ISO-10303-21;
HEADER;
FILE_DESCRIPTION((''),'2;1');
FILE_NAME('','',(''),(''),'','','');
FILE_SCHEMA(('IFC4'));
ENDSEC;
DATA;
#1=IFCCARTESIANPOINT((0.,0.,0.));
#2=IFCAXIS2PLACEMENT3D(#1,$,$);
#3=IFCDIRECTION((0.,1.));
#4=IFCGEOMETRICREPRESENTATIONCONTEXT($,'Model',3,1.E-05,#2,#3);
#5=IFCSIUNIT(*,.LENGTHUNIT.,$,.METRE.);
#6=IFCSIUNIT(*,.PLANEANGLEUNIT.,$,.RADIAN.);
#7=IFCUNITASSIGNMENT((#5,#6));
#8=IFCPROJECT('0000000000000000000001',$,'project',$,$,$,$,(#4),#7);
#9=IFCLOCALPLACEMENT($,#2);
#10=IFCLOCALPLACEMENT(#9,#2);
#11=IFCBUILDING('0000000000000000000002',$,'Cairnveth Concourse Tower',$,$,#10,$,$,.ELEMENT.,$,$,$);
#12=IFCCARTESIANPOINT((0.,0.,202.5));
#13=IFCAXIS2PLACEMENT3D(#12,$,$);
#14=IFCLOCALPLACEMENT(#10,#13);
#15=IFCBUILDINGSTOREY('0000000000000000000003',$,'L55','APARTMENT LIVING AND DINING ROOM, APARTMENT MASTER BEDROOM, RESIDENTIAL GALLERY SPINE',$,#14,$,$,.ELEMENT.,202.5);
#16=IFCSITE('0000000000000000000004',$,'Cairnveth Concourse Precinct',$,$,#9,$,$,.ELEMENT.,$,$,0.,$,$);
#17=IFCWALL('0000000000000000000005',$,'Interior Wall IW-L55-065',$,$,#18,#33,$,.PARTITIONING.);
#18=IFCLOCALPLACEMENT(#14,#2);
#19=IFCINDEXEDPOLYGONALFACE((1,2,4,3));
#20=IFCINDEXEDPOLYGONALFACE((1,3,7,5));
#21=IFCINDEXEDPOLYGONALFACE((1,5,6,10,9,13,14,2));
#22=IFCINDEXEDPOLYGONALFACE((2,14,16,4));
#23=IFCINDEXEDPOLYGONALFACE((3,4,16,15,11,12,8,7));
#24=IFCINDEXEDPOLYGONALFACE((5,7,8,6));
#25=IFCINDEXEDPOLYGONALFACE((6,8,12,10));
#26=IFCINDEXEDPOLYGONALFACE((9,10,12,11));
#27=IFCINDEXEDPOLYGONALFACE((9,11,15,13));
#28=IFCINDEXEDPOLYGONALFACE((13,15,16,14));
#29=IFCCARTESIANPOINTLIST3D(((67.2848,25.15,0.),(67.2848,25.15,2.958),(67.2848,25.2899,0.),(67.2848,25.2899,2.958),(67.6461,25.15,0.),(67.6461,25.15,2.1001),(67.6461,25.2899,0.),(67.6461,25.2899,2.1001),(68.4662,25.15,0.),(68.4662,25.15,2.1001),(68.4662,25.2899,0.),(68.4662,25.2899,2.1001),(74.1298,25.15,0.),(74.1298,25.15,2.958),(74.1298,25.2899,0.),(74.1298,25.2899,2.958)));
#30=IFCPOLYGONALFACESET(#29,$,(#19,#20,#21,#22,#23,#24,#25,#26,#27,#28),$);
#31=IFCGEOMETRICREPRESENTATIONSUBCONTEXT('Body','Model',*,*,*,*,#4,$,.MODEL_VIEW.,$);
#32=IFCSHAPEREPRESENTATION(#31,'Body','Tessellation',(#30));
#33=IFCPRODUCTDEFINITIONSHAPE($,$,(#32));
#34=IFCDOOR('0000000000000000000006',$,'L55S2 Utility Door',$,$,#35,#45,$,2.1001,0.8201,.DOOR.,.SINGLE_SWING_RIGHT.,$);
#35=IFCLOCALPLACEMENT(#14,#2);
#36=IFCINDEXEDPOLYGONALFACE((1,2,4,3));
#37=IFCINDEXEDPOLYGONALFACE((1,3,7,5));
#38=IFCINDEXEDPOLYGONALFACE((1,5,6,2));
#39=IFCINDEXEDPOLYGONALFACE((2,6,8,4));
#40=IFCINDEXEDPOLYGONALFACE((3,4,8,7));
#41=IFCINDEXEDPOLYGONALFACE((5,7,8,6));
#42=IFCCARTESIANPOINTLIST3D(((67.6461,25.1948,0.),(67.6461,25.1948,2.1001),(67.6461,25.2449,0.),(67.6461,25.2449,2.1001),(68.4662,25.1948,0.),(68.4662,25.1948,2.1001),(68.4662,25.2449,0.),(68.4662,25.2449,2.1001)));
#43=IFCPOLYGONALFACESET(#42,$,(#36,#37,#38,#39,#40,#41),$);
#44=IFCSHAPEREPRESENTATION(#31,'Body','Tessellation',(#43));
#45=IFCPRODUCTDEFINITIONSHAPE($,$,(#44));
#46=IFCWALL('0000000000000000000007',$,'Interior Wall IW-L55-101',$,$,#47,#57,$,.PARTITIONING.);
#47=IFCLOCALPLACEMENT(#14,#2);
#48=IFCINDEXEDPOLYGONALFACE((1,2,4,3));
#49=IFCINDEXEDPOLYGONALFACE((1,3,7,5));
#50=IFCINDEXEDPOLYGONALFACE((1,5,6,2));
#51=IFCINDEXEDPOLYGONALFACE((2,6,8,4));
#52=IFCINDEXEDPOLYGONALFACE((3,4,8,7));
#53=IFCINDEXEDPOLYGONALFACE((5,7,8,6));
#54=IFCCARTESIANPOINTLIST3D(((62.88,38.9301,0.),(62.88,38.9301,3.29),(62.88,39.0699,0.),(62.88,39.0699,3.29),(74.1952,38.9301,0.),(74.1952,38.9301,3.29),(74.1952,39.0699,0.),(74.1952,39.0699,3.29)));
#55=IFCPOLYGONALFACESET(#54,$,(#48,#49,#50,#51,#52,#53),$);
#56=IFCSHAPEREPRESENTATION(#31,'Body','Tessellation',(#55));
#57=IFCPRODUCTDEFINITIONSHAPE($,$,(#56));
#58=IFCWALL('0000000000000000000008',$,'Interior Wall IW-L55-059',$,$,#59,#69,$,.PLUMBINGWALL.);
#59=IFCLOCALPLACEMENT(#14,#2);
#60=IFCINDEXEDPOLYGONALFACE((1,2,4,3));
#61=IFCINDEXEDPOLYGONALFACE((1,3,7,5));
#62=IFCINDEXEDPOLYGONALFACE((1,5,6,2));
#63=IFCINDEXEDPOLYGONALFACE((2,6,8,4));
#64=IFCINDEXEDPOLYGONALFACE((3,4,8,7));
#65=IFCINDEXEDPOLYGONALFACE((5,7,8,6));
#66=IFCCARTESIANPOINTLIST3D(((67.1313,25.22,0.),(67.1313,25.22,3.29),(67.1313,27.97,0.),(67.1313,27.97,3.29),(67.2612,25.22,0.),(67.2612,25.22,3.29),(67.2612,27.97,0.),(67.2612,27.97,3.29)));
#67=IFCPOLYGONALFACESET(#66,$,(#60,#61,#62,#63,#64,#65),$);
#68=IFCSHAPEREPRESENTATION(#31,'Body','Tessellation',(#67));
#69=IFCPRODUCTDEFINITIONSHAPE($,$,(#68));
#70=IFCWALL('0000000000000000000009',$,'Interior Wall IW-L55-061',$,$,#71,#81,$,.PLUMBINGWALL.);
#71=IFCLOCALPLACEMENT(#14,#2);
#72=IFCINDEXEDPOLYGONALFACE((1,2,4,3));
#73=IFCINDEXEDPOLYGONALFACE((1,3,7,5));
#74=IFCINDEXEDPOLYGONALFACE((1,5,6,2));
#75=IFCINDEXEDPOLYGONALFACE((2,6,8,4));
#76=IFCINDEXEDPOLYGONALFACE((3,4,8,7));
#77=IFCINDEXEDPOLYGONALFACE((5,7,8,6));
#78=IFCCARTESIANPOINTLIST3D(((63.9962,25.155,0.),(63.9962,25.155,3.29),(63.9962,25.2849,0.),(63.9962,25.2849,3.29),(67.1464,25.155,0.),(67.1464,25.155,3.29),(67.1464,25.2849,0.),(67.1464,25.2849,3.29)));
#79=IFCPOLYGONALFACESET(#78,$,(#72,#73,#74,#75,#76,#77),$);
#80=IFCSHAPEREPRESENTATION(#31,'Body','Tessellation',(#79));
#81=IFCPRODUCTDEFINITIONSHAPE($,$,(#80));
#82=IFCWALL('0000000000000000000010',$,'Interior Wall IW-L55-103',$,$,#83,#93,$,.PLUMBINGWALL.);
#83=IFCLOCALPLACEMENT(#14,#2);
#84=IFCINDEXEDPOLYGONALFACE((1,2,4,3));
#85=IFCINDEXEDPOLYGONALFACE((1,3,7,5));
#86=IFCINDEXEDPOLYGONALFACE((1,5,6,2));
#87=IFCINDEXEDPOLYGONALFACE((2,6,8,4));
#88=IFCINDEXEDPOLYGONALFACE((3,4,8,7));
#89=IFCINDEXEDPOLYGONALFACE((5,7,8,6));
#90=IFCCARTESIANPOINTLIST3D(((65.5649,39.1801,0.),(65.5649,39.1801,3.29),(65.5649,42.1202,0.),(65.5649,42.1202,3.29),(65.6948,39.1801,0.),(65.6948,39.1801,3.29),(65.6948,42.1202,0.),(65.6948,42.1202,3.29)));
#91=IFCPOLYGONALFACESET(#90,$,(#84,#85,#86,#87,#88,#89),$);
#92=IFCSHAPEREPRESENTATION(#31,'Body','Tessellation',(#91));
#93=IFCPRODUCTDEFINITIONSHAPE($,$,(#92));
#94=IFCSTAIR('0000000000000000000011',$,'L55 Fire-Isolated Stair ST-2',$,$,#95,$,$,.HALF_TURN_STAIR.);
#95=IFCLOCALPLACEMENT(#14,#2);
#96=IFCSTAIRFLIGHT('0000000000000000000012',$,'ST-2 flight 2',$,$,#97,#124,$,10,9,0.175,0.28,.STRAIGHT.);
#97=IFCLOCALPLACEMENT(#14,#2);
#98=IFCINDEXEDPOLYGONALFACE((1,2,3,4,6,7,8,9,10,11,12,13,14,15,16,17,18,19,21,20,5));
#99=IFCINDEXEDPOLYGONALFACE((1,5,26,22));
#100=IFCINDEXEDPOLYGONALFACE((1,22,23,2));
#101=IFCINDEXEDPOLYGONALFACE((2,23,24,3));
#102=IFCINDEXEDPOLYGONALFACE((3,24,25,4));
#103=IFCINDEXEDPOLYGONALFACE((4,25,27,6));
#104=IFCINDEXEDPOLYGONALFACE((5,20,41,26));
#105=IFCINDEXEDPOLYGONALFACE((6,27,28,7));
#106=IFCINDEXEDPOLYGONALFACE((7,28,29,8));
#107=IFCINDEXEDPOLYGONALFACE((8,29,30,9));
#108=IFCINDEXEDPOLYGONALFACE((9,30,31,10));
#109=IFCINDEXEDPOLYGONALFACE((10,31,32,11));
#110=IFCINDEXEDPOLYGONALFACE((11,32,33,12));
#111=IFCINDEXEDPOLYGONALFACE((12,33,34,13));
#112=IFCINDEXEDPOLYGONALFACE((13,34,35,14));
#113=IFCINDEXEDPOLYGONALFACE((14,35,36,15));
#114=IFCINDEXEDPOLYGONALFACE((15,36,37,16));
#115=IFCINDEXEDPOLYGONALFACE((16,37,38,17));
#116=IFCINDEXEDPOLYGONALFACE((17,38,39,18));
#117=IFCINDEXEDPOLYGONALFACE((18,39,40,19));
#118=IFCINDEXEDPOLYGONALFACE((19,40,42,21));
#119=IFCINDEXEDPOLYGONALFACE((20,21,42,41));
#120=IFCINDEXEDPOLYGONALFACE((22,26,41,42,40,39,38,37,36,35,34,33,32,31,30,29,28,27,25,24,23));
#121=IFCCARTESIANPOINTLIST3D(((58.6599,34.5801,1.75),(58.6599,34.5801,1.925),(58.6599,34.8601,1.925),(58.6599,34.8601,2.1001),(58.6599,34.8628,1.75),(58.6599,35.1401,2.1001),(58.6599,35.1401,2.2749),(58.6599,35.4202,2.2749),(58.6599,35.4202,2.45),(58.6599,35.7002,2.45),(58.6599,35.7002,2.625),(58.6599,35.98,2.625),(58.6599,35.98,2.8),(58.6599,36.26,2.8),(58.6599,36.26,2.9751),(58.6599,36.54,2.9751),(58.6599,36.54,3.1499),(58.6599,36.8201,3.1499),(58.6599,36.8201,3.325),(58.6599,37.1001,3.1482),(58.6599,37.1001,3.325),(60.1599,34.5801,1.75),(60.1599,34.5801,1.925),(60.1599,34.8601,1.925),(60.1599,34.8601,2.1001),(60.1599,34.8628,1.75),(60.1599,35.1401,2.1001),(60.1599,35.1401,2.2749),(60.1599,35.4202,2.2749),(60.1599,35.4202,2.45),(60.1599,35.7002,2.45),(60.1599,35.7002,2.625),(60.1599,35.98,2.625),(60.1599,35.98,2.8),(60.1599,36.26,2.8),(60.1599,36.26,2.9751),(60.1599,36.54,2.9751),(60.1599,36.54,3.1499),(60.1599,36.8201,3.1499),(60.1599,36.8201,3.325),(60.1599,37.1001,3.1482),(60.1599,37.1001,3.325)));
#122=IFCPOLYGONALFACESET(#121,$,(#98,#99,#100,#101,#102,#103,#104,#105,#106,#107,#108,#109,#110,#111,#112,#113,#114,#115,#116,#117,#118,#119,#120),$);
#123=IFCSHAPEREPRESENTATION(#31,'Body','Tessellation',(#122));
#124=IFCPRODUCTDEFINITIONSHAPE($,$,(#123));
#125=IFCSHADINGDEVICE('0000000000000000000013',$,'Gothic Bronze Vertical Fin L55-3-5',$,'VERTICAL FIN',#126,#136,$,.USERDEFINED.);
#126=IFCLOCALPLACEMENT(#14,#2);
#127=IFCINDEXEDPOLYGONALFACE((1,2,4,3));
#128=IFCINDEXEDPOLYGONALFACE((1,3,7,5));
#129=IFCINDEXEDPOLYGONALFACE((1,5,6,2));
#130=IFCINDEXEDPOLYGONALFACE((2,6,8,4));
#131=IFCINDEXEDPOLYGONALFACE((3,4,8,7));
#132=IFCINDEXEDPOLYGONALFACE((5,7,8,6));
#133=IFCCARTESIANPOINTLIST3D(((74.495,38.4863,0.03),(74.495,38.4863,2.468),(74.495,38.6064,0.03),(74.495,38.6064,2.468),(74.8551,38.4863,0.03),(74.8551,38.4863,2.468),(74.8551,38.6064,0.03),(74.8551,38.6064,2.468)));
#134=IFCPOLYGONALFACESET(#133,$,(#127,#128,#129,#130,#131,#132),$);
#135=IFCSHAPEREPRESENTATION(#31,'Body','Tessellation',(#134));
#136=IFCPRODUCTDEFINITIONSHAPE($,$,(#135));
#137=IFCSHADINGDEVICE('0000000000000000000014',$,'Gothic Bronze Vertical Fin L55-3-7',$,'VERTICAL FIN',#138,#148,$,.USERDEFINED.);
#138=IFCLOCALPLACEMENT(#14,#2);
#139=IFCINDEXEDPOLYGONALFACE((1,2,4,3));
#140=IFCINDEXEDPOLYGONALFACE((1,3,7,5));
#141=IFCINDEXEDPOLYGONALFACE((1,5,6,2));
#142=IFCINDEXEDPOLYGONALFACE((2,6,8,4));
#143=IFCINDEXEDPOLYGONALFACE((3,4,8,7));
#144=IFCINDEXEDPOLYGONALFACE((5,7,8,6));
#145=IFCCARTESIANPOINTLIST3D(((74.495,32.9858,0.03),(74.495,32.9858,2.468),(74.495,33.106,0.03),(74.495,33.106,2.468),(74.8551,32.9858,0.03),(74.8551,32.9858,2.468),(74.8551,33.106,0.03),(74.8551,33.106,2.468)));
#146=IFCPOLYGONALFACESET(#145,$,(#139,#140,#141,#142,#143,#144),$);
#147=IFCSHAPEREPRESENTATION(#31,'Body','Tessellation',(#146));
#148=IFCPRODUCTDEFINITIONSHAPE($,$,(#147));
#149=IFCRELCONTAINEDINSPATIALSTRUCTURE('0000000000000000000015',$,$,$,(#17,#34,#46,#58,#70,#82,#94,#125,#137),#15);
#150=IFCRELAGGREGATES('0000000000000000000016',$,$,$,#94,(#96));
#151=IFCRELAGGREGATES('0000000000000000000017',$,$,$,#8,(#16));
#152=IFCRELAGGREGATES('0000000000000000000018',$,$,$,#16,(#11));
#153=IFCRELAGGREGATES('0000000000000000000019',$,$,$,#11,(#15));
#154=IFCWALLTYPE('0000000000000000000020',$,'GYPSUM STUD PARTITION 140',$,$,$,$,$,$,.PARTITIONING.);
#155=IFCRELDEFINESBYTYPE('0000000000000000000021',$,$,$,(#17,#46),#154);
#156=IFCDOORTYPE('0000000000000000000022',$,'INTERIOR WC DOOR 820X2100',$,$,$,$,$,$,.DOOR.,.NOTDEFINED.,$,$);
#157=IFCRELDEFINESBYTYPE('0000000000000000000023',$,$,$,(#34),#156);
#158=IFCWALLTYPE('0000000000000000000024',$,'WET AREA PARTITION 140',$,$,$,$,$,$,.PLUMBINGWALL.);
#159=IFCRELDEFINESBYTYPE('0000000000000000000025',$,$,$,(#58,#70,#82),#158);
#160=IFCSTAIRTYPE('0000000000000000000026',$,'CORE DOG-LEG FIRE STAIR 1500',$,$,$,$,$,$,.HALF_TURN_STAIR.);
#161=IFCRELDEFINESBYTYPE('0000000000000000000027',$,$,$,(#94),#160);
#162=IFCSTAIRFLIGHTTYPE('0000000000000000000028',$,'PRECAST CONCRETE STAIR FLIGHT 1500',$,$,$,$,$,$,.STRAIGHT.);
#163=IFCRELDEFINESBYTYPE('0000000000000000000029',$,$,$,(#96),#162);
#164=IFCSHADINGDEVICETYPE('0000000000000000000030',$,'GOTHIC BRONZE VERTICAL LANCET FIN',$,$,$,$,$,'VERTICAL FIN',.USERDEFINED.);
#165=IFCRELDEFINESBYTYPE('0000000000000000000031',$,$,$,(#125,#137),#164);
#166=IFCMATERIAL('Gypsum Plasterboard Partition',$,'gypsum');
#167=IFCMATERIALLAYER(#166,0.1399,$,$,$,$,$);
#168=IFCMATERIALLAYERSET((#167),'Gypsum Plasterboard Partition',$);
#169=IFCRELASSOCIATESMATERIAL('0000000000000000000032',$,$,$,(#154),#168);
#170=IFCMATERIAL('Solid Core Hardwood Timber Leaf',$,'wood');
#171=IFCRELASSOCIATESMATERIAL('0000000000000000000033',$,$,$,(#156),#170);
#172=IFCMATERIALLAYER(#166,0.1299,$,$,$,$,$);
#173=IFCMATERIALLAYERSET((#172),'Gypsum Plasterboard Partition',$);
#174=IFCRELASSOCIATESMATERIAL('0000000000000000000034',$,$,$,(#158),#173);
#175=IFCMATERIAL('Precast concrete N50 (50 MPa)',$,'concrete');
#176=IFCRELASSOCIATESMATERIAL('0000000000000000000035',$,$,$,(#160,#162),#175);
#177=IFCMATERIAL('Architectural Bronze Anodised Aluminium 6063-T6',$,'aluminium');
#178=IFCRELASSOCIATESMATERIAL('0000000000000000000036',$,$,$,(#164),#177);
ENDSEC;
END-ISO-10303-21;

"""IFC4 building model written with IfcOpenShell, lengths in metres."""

from ifc_helpers import new_model, si_unit, direction, frame, frame_2d, origin, origin_2d, place, context, subcontext, project, spatial, polyline, rectangle, outline, extrude, material, layer, layer_set, type_object, element, fill, aggregate, save


model = new_model("IFC4")

# Units and contexts
model_context = context("Model", 3, precision=1e-05, world=origin(), true_north=direction((0.0, 1.0)))
body_context = subcontext(model_context, "Body", "Model", "MODEL_VIEW")
ifc_project = project(units=[si_unit("LENGTHUNIT", "METRE"), si_unit("PLANEANGLEUNIT", "RADIAN")], contexts=[model_context])

# Site, building, storey
site_placement = place(None, origin())
site = spatial("IfcSite", under=ifc_project, at=site_placement, Name="Cairnveth Concourse Precinct", CompositionType="ELEMENT", RefElevation=0.0)
building_placement = place(site_placement, origin())
building = spatial("IfcBuilding", under=site, at=building_placement, Name="Cairnveth Concourse Tower", CompositionType="ELEMENT")
storey_placement = place(building_placement, frame((0.0, 0.0, 202.5)))
storey = spatial("IfcBuildingStorey", under=building, at=storey_placement, Name="L55", Description="APARTMENT LIVING AND DINING ROOM, APARTMENT MASTER BEDROOM, RESIDENTIAL GALLERY SPINE", CompositionType="ELEMENT", Elevation=202.5)

# Shared definitions
ifc_material_1 = material(Name="Gypsum Plasterboard Partition", Category="gypsum")
ifc_material_2 = material(Name="Solid Core Hardwood Timber Leaf", Category="wood")

# Wall, opening, door
ifc_layer_1 = layer(ifc_material_1, 0.1399)
ifc_layer_set_1 = layer_set([ifc_layer_1], Name="Gypsum Plasterboard Partition")
wall_type_1 = type_object("IfcWallType", Name="GYPSUM STUD PARTITION 140", PredefinedType="PARTITIONING", material=ifc_layer_set_1)
wall_1_placement = place(storey_placement, frame((67.2849, 25.22, 0.0), z_axis=(0.0, 0.0, 1.0), x_axis=(1.0, 0.0, 0.0)))
wall_1 = element("IfcWall", 1, at=wall_1_placement, inside=storey, type_object=wall_type_1, Name="Interior Wall IW-L55-065", PredefinedType="PARTITIONING", context=body_context, shape_type="SweptSolid", body=[
    extrude(rectangle(XDim=6.845, YDim=0.1399, at=frame_2d((3.4224, 0.0))), origin(), (0.0, 0.0, 1.0), 2.958),
])
opening_1_placement = place(wall_1_placement, frame((0.3611, 0.0, 0.0)))
opening_1 = element("IfcOpeningElement", 2, at=opening_1_placement, cuts=wall_1, PredefinedType="OPENING", context=body_context, shape_type="SweptSolid", body=[
    extrude(rectangle(XDim=0.8201, YDim=2.1001, at=frame_2d((0.4102, 1.05))), frame((0.0, 0.0798, 0.0), z_axis=(0.0, -1.0, 0.0), x_axis=(1.0, 0.0, 0.0)), (0.0, 0.0, 1.0), 0.1599),
])
door_type_1 = type_object("IfcDoorType", Name="INTERIOR WC DOOR 820X2100", OperationType="NOTDEFINED", PredefinedType="DOOR", material=ifc_material_2)
door_1_placement = place(opening_1_placement, origin())
door_1 = element("IfcDoor", 3, at=door_1_placement, inside=storey, type_object=door_type_1, Name="L55S2 Utility Door", OperationType="SINGLE_SWING_RIGHT", OverallHeight=2.1001, OverallWidth=0.8201, PredefinedType="DOOR", context=body_context, shape_type="SweptSolid", body=[
    extrude(rectangle(XDim=0.8201, YDim=2.1001, at=frame_2d((0.4102, 1.05))), frame((0.0, 0.0249, 0.0), z_axis=(0.0, -1.0, 0.0), x_axis=(1.0, 0.0, 0.0)), (0.0, 0.0, 1.0), 0.05),
])
fill(opening_1, door_1)

# Walls
wall_2_placement = place(storey_placement, frame((62.8799, 39.0, 0.0), z_axis=(0.0, 0.0, 1.0), x_axis=(1.0, 0.0, 0.0)))
element("IfcWall", 4, at=wall_2_placement, inside=storey, type_object=wall_type_1, Name="Interior Wall IW-L55-101", PredefinedType="PARTITIONING", context=body_context, shape_type="SweptSolid", body=[
    extrude(rectangle(XDim=11.3152, YDim=0.1399, at=frame_2d((5.6577, 0.0))), origin(), (0.0, 0.0, 1.0), 3.29),
])
ifc_layer_2 = layer(ifc_material_1, 0.1299)
ifc_layer_set_2 = layer_set([ifc_layer_2], Name="Gypsum Plasterboard Partition")
wall_type_2 = type_object("IfcWallType", Name="WET AREA PARTITION 140", PredefinedType="PLUMBINGWALL", material=ifc_layer_set_2)
wall_3_placement = place(storey_placement, frame((67.1963, 25.22, 0.0), z_axis=(0.0, 0.0, 1.0), x_axis=(0.0, 1.0, 0.0)))
element("IfcWall", 5, at=wall_3_placement, inside=storey, type_object=wall_type_2, Name="Interior Wall IW-L55-059", PredefinedType="PLUMBINGWALL", context=body_context, shape_type="SweptSolid", body=[
    extrude(rectangle(XDim=2.75, YDim=0.1299, at=frame_2d((1.375, 0.0))), origin(), (0.0, 0.0, 1.0), 3.29),
])
wall_4_placement = place(storey_placement, frame((63.9961, 25.22, 0.0), z_axis=(0.0, 0.0, 1.0), x_axis=(1.0, 0.0, 0.0)))
element("IfcWall", 6, at=wall_4_placement, inside=storey, type_object=wall_type_2, Name="Interior Wall IW-L55-061", PredefinedType="PLUMBINGWALL", context=body_context, shape_type="SweptSolid", body=[
    extrude(rectangle(XDim=3.1501, YDim=0.1299, at=frame_2d((1.5752, 0.0))), origin(), (0.0, 0.0, 1.0), 3.29),
])
wall_5_placement = place(storey_placement, frame((65.6299, 39.1799, 0.0), z_axis=(0.0, 0.0, 1.0), x_axis=(0.0, 1.0, 0.0)))
element("IfcWall", 7, at=wall_5_placement, inside=storey, type_object=wall_type_2, Name="Interior Wall IW-L55-103", PredefinedType="PLUMBINGWALL", context=body_context, shape_type="SweptSolid", body=[
    extrude(rectangle(XDim=2.9402, YDim=0.1299, at=frame_2d((1.4702, 0.0))), origin(), (0.0, 0.0, 1.0), 3.29),
])

# Stair, stair flight
ifc_material_3 = material(Name="Precast concrete N50 (50 MPa)", Category="concrete")
stair_type = type_object("IfcStairType", Name="CORE DOG-LEG FIRE STAIR 1500", PredefinedType="HALF_TURN_STAIR", material=ifc_material_3)
stair_placement = place(storey_placement, origin())
stair = element("IfcStair", 8, at=stair_placement, inside=storey, type_object=stair_type, Name="L55 Fire-Isolated Stair ST-2", PredefinedType="HALF_TURN_STAIR")
stair_flight_type = type_object("IfcStairFlightType", Name="PRECAST CONCRETE STAIR FLIGHT 1500", PredefinedType="STRAIGHT", material=ifc_material_3)
stair_flight_placement = place(storey_placement, frame((59.4099, 34.5801, 1.75), z_axis=(0.0, 0.0, 1.0), x_axis=(0.0, 1.0, 0.0)))
stair_flight = element("IfcStairFlight", 9, at=stair_flight_placement, type_object=stair_flight_type, Name="ST-2 flight 2", NumberOfRisers=10, NumberOfTreads=9, PredefinedType="STRAIGHT", RiserHeight=0.175, TreadLength=0.28, context=body_context, shape_type="SweptSolid", body=[
    extrude(outline(polyline([(0.0, 0.0), (0.0, 0.175), (0.28, 0.175), (0.28, 0.3501), (0.5601, 0.3501), (0.5601, 0.5249), (0.8401, 0.5249), (0.8401, 0.7), (1.1201, 0.7), (1.1201, 0.875), (1.3999, 0.875), (1.3999, 1.05), (1.6799, 1.05), (1.6799, 1.2251), (1.96, 1.2251), (1.96, 1.3999), (2.24, 1.3999), (2.24, 1.575), (2.52, 1.575), (2.52, 1.75), (2.52, 1.3982), (0.2827, 0.0), (0.0, 0.0)])), frame((0.0, 0.75, 0.0), z_axis=(0.0, -1.0, 0.0), x_axis=(1.0, 0.0, 0.0)), (0.0, 0.0, 1.0), 1.5),
])
aggregate(stair, [stair_flight])

# Shading devices
ifc_material_4 = material(Name="Architectural Bronze Anodised Aluminium 6063-T6", Category="aluminium")
shading_device_type = type_object("IfcShadingDeviceType", Name="GOTHIC BRONZE VERTICAL LANCET FIN", ElementType="VERTICAL FIN", PredefinedType="USERDEFINED", material=ifc_material_4)
for number, where, z_axis, x_axis, name in (
    (10, (74.675, 38.5464, 0.03), (0.0, 0.0, 1.0), (0.0, 1.0, 0.0), "Gothic Bronze Vertical Fin L55-3-5"),
    (11, (74.675, 33.0459, 0.03), (0.0, 0.0, 1.0), (0.0, 1.0, 0.0), "Gothic Bronze Vertical Fin L55-3-7"),
):
    element("IfcShadingDevice", number, at=place(storey_placement, frame(where, z_axis=z_axis, x_axis=x_axis)), inside=storey, type_object=shading_device_type, Name=name, ObjectType="VERTICAL FIN", PredefinedType="USERDEFINED", context=body_context, shape_type="SweptSolid", body=[
        extrude(rectangle(XDim=0.1201, YDim=0.3601, at=origin_2d()), origin(), (0.0, 0.0, 1.0), 2.438),
    ])

save(model, "model.ifc")
